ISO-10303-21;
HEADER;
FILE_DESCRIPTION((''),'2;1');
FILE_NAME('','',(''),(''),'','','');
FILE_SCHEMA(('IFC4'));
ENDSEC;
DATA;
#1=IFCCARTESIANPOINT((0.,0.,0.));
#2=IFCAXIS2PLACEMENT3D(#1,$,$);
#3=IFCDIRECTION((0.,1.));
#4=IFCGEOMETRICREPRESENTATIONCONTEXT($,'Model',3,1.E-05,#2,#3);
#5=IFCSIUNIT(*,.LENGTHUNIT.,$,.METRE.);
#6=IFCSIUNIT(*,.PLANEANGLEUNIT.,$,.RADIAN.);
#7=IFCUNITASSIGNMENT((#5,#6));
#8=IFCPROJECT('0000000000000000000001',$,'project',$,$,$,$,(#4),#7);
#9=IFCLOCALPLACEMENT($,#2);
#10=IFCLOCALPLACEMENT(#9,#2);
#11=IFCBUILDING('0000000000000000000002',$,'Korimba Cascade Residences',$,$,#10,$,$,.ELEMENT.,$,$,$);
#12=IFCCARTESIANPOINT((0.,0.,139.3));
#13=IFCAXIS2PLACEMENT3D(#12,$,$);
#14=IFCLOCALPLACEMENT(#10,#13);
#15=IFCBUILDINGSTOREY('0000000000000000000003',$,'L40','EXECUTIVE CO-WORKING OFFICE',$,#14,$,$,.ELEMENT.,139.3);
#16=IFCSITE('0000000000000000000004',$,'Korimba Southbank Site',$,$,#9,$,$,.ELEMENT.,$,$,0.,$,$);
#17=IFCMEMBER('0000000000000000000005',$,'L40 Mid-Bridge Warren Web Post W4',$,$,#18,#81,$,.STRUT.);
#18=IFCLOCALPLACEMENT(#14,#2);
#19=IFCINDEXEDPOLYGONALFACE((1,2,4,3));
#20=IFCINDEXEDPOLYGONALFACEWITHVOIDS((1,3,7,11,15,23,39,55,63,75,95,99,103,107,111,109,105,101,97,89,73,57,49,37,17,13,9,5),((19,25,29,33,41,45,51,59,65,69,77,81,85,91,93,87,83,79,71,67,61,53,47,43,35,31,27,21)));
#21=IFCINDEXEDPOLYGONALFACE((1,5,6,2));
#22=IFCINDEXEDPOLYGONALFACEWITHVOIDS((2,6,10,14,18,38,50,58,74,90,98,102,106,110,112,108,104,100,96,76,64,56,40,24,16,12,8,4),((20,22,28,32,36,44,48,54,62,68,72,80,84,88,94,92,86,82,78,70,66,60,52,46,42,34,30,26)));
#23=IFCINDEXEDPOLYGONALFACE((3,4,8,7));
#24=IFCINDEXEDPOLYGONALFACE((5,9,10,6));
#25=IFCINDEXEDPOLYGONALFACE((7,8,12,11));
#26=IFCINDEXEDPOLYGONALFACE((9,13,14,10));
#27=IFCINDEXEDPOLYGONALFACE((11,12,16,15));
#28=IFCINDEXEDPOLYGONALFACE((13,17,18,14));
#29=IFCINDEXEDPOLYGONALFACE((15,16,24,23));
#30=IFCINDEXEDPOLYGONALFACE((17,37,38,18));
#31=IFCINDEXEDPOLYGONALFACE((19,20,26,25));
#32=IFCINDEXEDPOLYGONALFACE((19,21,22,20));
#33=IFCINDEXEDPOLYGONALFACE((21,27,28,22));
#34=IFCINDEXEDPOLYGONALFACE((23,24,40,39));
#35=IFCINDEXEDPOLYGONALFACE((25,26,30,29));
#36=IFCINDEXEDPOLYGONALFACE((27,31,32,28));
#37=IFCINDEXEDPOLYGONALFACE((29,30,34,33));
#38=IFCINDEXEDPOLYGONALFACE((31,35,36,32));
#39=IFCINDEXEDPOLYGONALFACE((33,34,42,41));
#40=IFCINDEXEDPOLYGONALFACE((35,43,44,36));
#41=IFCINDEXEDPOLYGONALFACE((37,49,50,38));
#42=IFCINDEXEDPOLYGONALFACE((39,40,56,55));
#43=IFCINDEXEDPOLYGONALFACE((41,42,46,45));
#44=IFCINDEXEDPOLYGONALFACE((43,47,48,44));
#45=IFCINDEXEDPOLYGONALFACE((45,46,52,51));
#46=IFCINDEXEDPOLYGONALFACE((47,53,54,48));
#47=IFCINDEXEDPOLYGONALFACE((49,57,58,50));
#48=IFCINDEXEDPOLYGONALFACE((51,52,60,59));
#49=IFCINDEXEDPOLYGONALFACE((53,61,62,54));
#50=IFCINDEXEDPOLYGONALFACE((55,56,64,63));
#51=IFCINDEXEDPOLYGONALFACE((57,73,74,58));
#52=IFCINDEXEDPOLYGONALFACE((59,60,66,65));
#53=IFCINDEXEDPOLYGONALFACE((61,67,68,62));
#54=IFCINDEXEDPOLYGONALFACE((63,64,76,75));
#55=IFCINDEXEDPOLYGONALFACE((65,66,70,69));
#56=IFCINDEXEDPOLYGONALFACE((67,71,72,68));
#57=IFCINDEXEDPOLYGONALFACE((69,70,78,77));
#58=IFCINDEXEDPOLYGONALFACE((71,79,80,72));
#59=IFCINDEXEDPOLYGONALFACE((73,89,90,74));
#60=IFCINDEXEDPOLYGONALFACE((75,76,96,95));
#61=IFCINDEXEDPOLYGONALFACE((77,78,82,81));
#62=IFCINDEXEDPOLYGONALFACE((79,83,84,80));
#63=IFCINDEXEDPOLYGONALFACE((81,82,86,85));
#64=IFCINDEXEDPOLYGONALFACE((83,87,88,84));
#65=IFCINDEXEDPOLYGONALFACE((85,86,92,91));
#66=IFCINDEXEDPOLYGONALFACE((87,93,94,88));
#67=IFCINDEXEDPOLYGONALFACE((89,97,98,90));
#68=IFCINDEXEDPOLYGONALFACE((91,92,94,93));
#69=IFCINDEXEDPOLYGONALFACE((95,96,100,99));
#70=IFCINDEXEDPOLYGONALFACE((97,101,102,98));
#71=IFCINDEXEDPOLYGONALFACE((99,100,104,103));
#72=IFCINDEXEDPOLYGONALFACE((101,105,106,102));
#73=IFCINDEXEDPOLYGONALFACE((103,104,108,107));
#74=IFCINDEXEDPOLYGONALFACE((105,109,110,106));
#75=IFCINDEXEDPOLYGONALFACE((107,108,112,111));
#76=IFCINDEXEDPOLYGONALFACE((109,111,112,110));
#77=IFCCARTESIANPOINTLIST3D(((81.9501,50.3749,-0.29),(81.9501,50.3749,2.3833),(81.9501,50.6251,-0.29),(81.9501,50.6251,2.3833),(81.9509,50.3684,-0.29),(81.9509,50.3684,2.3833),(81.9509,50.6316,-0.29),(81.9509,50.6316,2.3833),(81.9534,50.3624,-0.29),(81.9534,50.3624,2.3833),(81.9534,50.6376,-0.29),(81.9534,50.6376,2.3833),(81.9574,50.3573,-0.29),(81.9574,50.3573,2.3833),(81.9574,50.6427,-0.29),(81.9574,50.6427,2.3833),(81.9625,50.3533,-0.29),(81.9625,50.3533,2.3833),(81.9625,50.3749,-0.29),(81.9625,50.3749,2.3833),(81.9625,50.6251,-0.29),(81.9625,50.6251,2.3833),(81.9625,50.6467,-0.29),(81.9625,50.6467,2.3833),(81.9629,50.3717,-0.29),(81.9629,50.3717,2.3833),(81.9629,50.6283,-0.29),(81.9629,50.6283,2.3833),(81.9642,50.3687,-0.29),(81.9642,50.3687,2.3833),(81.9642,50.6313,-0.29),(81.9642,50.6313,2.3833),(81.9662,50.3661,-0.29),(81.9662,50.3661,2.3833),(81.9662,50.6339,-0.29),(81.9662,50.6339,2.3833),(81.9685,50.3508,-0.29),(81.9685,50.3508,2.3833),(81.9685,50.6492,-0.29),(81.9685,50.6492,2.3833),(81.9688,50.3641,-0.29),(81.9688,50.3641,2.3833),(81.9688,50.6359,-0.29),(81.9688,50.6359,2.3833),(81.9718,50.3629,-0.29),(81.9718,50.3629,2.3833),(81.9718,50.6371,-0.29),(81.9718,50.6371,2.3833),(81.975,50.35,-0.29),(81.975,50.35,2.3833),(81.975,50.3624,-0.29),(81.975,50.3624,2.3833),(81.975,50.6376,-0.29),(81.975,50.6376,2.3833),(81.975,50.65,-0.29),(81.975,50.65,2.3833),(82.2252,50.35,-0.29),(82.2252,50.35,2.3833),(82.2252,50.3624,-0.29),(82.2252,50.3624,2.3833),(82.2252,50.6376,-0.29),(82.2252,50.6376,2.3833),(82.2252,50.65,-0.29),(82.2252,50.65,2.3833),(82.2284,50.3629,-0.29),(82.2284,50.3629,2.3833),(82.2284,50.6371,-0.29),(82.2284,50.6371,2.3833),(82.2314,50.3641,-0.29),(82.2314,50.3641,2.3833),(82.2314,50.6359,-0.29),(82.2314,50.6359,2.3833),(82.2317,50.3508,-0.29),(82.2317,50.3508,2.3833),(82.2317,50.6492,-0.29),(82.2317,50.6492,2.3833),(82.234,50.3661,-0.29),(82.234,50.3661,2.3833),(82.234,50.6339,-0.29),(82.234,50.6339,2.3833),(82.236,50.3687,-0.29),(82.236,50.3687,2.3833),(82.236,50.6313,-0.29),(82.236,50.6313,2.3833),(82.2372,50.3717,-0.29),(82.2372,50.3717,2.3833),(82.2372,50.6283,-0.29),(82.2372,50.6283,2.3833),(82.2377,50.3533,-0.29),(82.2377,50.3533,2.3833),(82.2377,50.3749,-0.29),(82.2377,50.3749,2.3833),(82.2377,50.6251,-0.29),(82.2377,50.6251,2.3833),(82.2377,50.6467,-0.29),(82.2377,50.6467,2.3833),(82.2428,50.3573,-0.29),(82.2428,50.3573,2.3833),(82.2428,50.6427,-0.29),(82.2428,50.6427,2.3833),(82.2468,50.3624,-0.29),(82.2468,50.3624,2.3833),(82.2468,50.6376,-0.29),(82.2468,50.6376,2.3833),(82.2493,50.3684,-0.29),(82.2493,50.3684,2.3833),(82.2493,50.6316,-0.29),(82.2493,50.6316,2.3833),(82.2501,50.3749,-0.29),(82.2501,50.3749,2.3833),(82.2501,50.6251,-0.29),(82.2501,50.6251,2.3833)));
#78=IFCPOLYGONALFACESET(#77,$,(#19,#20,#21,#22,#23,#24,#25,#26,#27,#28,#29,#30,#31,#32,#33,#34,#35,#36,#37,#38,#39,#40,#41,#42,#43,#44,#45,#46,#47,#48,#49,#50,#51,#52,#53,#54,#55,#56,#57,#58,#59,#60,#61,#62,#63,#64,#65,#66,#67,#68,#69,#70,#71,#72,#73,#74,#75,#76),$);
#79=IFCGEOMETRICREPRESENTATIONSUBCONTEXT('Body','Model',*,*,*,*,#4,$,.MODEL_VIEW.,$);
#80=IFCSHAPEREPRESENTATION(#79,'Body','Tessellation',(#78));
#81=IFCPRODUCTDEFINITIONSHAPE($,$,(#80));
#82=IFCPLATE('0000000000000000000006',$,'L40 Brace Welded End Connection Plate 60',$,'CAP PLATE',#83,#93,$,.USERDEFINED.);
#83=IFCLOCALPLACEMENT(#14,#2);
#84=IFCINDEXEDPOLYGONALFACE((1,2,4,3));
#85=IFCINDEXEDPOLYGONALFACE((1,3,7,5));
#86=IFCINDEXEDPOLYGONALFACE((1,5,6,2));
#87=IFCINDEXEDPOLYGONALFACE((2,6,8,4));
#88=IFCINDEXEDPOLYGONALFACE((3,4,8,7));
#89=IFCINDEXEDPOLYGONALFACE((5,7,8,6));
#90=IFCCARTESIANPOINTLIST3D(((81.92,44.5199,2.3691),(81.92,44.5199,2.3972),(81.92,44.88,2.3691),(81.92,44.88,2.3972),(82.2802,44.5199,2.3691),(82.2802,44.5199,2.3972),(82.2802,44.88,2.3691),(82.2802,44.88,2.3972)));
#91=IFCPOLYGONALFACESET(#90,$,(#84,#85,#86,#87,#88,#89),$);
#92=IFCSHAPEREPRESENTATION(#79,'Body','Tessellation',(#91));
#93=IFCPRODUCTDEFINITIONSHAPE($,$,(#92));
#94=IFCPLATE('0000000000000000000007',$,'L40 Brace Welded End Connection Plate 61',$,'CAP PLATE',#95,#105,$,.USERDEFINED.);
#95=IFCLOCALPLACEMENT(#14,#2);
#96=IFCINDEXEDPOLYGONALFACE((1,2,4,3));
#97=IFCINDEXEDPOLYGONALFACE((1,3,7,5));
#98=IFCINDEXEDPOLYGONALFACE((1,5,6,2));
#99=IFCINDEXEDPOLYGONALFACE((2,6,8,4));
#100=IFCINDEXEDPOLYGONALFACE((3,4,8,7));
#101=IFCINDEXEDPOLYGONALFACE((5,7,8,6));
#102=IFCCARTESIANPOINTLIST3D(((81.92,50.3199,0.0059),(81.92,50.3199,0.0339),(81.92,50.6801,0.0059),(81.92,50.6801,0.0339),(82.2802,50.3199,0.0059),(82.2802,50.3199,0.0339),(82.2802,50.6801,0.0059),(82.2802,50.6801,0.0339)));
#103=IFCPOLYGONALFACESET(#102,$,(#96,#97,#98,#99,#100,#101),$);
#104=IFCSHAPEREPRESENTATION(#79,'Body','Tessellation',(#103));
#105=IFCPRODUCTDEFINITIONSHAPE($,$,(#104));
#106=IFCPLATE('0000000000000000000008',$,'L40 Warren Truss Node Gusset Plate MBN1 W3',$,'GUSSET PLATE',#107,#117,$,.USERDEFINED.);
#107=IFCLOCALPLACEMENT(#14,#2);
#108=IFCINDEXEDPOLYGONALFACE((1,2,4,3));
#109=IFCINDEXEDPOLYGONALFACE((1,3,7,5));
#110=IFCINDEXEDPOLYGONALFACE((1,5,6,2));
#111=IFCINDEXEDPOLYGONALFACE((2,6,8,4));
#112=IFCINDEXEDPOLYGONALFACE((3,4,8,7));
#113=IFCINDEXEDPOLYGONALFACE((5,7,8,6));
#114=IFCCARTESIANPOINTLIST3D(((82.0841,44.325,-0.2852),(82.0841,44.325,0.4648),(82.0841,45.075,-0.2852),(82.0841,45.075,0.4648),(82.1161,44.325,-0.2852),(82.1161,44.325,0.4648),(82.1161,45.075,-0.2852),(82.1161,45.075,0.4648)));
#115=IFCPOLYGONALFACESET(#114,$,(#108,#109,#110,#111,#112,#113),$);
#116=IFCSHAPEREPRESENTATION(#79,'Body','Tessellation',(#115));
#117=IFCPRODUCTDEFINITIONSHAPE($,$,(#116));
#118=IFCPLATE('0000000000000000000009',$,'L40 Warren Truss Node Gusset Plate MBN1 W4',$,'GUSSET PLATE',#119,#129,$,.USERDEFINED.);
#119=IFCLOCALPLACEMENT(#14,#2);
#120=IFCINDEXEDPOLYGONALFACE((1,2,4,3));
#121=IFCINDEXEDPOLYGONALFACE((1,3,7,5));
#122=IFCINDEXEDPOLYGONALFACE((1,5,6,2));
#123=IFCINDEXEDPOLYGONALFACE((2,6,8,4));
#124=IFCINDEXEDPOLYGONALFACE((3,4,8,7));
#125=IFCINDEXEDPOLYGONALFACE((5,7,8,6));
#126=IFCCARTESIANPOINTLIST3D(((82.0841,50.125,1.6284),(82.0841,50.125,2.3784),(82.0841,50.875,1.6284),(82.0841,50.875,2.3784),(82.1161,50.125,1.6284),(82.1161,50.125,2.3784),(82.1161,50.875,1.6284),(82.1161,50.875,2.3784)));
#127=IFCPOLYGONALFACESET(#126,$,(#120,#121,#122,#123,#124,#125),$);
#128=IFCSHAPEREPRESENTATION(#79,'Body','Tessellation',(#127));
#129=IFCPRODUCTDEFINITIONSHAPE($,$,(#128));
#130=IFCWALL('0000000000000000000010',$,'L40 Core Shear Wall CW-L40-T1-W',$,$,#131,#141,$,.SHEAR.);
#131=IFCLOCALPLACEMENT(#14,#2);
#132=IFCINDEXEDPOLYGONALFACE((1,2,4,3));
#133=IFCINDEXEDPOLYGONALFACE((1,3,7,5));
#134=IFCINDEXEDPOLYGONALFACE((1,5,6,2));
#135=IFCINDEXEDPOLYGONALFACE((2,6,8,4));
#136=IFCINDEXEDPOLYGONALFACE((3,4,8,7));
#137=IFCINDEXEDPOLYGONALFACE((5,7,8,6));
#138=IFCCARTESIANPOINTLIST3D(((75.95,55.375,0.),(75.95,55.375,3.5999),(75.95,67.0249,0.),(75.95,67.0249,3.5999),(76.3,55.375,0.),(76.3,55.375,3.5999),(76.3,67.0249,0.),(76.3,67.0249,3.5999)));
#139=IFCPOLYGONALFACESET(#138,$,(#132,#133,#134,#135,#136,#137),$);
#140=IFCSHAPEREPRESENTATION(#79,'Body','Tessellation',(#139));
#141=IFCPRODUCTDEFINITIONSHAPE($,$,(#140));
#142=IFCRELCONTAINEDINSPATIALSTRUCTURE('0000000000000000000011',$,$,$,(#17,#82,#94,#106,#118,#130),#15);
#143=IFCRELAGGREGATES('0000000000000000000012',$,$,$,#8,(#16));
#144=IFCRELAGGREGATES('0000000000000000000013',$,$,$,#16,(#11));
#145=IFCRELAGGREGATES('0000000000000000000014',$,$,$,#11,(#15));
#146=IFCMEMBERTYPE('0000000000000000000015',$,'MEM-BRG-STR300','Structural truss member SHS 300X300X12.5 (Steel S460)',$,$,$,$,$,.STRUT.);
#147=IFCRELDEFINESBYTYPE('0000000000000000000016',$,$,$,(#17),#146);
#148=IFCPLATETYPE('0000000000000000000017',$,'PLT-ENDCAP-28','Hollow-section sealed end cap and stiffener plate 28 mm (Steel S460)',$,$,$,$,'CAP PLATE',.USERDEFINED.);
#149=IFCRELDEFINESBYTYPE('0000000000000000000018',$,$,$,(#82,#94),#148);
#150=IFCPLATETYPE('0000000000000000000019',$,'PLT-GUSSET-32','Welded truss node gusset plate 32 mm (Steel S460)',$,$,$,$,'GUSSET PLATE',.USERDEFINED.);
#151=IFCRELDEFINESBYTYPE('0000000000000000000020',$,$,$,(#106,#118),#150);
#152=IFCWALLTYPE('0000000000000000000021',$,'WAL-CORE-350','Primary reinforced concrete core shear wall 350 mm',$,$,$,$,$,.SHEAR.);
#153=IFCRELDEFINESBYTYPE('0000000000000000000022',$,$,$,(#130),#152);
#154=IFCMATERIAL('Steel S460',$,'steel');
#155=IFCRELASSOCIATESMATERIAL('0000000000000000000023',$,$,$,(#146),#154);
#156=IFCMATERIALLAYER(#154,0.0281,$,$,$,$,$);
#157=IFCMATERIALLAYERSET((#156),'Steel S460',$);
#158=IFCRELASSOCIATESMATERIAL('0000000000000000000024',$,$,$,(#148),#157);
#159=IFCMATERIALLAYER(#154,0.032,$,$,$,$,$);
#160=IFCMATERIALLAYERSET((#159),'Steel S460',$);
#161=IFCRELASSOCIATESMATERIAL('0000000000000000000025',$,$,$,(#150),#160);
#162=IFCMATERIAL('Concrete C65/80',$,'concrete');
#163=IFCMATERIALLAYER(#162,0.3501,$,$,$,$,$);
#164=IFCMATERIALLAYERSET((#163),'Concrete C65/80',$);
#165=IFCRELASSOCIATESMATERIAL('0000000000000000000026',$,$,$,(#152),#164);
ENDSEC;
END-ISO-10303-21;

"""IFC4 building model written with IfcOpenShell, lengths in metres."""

from ifc_helpers import new_model, si_unit, direction, frame, frame_2d, origin, origin_2d, place, context, subcontext, project, spatial, rectangle, hollow_rectangle, extrude, material, layer, layer_set, material_profile, profile_set, type_object, element, save


model = new_model("IFC4")

# Units and contexts
model_context = context("Model", 3, precision=1e-05, world=origin(), true_north=direction((0.0, 1.0)))
body_context = subcontext(model_context, "Body", "Model", "MODEL_VIEW")
ifc_project = project(units=[si_unit("LENGTHUNIT", "METRE"), si_unit("PLANEANGLEUNIT", "RADIAN")], contexts=[model_context])

# Site, building, storey
site_placement = place(None, origin())
site = spatial("IfcSite", under=ifc_project, at=site_placement, Name="Korimba Southbank Site", CompositionType="ELEMENT", RefElevation=0.0)
building_placement = place(site_placement, origin())
building = spatial("IfcBuilding", under=site, at=building_placement, Name="Korimba Cascade Residences", CompositionType="ELEMENT")
storey_placement = place(building_placement, frame((0.0, 0.0, 139.3)))
storey = spatial("IfcBuildingStorey", under=building, at=storey_placement, Name="L40", Description="EXECUTIVE CO-WORKING OFFICE", CompositionType="ELEMENT", Elevation=139.3)

# Shared definitions
ifc_material_1 = material(Name="Steel S460", Category="steel")

# Member
ifc_material_profile_1 = material_profile(ifc_material_1, hollow_rectangle(XDim=0.3, YDim=0.3, WallThickness=0.0125, InnerFilletRadius=0.0125, OuterFilletRadius=0.0249, at=origin_2d()), Name="Steel S460")
ifc_profile_set_1 = profile_set([ifc_material_profile_1], Name="Steel S460")
member_type_1 = type_object("IfcMemberType", Name="MEM-BRG-STR300", Description="Structural truss member SHS 300X300X12.5 (Steel S460)", PredefinedType="STRUT", material=ifc_profile_set_1)
for number, where, z_axis, x_axis, name in (
    (1, (82.1001, 50.5, -0.29), (0.0, 0.0, 1.0), (1.0, 0.0, 0.0), "L40 Mid-Bridge Warren Web Post W4"),
):
    element("IfcMember", number, at=place(storey_placement, frame(where, z_axis=z_axis, x_axis=x_axis)), inside=storey, type_object=member_type_1, Name=name, PredefinedType="STRUT", context=body_context, shape_type="SweptSolid", body=[
        extrude(hollow_rectangle(XDim=0.3, YDim=0.3, WallThickness=0.0125, InnerFilletRadius=0.0125, OuterFilletRadius=0.0249, at=origin_2d()), origin(), (0.0, 0.0, 1.0), 2.6733),
    ])

# Plates
ifc_layer_1 = layer(ifc_material_1, 0.0281)
ifc_layer_set_1 = layer_set([ifc_layer_1], Name="Steel S460")
plate_type_1 = type_object("IfcPlateType", Name="PLT-ENDCAP-28", Description="Hollow-section sealed end cap and stiffener plate 28 mm (Steel S460)", ElementType="CAP PLATE", PredefinedType="USERDEFINED", material=ifc_layer_set_1)
for number, where, z_axis, x_axis, name in (
    (2, (82.1001, 44.7, 2.3691), (0.0, 0.0, 1.0), (1.0, 0.0, 0.0), "L40 Brace Welded End Connection Plate 60"),
    (3, (82.1001, 50.5, 0.0059), (0.0, 0.0, 1.0), (1.0, 0.0, 0.0), "L40 Brace Welded End Connection Plate 61"),
):
    element("IfcPlate", number, at=place(storey_placement, frame(where, z_axis=z_axis, x_axis=x_axis)), inside=storey, type_object=plate_type_1, Name=name, ObjectType="CAP PLATE", PredefinedType="USERDEFINED", context=body_context, shape_type="SweptSolid", body=[
        extrude(rectangle(XDim=0.3601, YDim=0.3601, at=origin_2d()), origin(), (0.0, 0.0, 1.0), 0.0281),
    ])
ifc_layer_2 = layer(ifc_material_1, 0.032)
ifc_layer_set_2 = layer_set([ifc_layer_2], Name="Steel S460")
plate_type_2 = type_object("IfcPlateType", Name="PLT-GUSSET-32", Description="Welded truss node gusset plate 32 mm (Steel S460)", ElementType="GUSSET PLATE", PredefinedType="USERDEFINED", material=ifc_layer_set_2)
for number, where, z_axis, x_axis, name in (
    (4, (82.1001, 44.7, -0.2852), (0.0, 0.0, 1.0), (1.0, 0.0, 0.0), "L40 Warren Truss Node Gusset Plate MBN1 W3"),
    (5, (82.1001, 50.5, 1.6284), (0.0, 0.0, 1.0), (1.0, 0.0, 0.0), "L40 Warren Truss Node Gusset Plate MBN1 W4"),
):
    element("IfcPlate", number, at=place(storey_placement, frame(where, z_axis=z_axis, x_axis=x_axis)), inside=storey, type_object=plate_type_2, Name=name, ObjectType="GUSSET PLATE", PredefinedType="USERDEFINED", context=body_context, shape_type="SweptSolid", body=[
        extrude(rectangle(XDim=0.032, YDim=0.75, at=origin_2d()), origin(), (0.0, 0.0, 1.0), 0.75),
    ])

# Wall
ifc_material_2 = material(Name="Concrete C65/80", Category="concrete")
ifc_layer_3 = layer(ifc_material_2, 0.3501)
ifc_layer_set_3 = layer_set([ifc_layer_3], Name="Concrete C65/80")
wall_type_1 = type_object("IfcWallType", Name="WAL-CORE-350", Description="Primary reinforced concrete core shear wall 350 mm", PredefinedType="SHEAR", material=ifc_layer_set_3)
wall_1_placement = place(storey_placement, frame((76.125, 55.375, 0.0), z_axis=(0.0, 0.0, 1.0), x_axis=(0.0, 1.0, 0.0)))
element("IfcWall", 6, at=wall_1_placement, inside=storey, type_object=wall_type_1, Name="L40 Core Shear Wall CW-L40-T1-W", PredefinedType="SHEAR", context=body_context, shape_type="SweptSolid", body=[
    extrude(rectangle(XDim=11.6499, YDim=0.3501, at=frame_2d((5.825, 0.0))), origin(), (0.0, 0.0, 1.0), 3.5999),
])

save(model, "model.ifc")
